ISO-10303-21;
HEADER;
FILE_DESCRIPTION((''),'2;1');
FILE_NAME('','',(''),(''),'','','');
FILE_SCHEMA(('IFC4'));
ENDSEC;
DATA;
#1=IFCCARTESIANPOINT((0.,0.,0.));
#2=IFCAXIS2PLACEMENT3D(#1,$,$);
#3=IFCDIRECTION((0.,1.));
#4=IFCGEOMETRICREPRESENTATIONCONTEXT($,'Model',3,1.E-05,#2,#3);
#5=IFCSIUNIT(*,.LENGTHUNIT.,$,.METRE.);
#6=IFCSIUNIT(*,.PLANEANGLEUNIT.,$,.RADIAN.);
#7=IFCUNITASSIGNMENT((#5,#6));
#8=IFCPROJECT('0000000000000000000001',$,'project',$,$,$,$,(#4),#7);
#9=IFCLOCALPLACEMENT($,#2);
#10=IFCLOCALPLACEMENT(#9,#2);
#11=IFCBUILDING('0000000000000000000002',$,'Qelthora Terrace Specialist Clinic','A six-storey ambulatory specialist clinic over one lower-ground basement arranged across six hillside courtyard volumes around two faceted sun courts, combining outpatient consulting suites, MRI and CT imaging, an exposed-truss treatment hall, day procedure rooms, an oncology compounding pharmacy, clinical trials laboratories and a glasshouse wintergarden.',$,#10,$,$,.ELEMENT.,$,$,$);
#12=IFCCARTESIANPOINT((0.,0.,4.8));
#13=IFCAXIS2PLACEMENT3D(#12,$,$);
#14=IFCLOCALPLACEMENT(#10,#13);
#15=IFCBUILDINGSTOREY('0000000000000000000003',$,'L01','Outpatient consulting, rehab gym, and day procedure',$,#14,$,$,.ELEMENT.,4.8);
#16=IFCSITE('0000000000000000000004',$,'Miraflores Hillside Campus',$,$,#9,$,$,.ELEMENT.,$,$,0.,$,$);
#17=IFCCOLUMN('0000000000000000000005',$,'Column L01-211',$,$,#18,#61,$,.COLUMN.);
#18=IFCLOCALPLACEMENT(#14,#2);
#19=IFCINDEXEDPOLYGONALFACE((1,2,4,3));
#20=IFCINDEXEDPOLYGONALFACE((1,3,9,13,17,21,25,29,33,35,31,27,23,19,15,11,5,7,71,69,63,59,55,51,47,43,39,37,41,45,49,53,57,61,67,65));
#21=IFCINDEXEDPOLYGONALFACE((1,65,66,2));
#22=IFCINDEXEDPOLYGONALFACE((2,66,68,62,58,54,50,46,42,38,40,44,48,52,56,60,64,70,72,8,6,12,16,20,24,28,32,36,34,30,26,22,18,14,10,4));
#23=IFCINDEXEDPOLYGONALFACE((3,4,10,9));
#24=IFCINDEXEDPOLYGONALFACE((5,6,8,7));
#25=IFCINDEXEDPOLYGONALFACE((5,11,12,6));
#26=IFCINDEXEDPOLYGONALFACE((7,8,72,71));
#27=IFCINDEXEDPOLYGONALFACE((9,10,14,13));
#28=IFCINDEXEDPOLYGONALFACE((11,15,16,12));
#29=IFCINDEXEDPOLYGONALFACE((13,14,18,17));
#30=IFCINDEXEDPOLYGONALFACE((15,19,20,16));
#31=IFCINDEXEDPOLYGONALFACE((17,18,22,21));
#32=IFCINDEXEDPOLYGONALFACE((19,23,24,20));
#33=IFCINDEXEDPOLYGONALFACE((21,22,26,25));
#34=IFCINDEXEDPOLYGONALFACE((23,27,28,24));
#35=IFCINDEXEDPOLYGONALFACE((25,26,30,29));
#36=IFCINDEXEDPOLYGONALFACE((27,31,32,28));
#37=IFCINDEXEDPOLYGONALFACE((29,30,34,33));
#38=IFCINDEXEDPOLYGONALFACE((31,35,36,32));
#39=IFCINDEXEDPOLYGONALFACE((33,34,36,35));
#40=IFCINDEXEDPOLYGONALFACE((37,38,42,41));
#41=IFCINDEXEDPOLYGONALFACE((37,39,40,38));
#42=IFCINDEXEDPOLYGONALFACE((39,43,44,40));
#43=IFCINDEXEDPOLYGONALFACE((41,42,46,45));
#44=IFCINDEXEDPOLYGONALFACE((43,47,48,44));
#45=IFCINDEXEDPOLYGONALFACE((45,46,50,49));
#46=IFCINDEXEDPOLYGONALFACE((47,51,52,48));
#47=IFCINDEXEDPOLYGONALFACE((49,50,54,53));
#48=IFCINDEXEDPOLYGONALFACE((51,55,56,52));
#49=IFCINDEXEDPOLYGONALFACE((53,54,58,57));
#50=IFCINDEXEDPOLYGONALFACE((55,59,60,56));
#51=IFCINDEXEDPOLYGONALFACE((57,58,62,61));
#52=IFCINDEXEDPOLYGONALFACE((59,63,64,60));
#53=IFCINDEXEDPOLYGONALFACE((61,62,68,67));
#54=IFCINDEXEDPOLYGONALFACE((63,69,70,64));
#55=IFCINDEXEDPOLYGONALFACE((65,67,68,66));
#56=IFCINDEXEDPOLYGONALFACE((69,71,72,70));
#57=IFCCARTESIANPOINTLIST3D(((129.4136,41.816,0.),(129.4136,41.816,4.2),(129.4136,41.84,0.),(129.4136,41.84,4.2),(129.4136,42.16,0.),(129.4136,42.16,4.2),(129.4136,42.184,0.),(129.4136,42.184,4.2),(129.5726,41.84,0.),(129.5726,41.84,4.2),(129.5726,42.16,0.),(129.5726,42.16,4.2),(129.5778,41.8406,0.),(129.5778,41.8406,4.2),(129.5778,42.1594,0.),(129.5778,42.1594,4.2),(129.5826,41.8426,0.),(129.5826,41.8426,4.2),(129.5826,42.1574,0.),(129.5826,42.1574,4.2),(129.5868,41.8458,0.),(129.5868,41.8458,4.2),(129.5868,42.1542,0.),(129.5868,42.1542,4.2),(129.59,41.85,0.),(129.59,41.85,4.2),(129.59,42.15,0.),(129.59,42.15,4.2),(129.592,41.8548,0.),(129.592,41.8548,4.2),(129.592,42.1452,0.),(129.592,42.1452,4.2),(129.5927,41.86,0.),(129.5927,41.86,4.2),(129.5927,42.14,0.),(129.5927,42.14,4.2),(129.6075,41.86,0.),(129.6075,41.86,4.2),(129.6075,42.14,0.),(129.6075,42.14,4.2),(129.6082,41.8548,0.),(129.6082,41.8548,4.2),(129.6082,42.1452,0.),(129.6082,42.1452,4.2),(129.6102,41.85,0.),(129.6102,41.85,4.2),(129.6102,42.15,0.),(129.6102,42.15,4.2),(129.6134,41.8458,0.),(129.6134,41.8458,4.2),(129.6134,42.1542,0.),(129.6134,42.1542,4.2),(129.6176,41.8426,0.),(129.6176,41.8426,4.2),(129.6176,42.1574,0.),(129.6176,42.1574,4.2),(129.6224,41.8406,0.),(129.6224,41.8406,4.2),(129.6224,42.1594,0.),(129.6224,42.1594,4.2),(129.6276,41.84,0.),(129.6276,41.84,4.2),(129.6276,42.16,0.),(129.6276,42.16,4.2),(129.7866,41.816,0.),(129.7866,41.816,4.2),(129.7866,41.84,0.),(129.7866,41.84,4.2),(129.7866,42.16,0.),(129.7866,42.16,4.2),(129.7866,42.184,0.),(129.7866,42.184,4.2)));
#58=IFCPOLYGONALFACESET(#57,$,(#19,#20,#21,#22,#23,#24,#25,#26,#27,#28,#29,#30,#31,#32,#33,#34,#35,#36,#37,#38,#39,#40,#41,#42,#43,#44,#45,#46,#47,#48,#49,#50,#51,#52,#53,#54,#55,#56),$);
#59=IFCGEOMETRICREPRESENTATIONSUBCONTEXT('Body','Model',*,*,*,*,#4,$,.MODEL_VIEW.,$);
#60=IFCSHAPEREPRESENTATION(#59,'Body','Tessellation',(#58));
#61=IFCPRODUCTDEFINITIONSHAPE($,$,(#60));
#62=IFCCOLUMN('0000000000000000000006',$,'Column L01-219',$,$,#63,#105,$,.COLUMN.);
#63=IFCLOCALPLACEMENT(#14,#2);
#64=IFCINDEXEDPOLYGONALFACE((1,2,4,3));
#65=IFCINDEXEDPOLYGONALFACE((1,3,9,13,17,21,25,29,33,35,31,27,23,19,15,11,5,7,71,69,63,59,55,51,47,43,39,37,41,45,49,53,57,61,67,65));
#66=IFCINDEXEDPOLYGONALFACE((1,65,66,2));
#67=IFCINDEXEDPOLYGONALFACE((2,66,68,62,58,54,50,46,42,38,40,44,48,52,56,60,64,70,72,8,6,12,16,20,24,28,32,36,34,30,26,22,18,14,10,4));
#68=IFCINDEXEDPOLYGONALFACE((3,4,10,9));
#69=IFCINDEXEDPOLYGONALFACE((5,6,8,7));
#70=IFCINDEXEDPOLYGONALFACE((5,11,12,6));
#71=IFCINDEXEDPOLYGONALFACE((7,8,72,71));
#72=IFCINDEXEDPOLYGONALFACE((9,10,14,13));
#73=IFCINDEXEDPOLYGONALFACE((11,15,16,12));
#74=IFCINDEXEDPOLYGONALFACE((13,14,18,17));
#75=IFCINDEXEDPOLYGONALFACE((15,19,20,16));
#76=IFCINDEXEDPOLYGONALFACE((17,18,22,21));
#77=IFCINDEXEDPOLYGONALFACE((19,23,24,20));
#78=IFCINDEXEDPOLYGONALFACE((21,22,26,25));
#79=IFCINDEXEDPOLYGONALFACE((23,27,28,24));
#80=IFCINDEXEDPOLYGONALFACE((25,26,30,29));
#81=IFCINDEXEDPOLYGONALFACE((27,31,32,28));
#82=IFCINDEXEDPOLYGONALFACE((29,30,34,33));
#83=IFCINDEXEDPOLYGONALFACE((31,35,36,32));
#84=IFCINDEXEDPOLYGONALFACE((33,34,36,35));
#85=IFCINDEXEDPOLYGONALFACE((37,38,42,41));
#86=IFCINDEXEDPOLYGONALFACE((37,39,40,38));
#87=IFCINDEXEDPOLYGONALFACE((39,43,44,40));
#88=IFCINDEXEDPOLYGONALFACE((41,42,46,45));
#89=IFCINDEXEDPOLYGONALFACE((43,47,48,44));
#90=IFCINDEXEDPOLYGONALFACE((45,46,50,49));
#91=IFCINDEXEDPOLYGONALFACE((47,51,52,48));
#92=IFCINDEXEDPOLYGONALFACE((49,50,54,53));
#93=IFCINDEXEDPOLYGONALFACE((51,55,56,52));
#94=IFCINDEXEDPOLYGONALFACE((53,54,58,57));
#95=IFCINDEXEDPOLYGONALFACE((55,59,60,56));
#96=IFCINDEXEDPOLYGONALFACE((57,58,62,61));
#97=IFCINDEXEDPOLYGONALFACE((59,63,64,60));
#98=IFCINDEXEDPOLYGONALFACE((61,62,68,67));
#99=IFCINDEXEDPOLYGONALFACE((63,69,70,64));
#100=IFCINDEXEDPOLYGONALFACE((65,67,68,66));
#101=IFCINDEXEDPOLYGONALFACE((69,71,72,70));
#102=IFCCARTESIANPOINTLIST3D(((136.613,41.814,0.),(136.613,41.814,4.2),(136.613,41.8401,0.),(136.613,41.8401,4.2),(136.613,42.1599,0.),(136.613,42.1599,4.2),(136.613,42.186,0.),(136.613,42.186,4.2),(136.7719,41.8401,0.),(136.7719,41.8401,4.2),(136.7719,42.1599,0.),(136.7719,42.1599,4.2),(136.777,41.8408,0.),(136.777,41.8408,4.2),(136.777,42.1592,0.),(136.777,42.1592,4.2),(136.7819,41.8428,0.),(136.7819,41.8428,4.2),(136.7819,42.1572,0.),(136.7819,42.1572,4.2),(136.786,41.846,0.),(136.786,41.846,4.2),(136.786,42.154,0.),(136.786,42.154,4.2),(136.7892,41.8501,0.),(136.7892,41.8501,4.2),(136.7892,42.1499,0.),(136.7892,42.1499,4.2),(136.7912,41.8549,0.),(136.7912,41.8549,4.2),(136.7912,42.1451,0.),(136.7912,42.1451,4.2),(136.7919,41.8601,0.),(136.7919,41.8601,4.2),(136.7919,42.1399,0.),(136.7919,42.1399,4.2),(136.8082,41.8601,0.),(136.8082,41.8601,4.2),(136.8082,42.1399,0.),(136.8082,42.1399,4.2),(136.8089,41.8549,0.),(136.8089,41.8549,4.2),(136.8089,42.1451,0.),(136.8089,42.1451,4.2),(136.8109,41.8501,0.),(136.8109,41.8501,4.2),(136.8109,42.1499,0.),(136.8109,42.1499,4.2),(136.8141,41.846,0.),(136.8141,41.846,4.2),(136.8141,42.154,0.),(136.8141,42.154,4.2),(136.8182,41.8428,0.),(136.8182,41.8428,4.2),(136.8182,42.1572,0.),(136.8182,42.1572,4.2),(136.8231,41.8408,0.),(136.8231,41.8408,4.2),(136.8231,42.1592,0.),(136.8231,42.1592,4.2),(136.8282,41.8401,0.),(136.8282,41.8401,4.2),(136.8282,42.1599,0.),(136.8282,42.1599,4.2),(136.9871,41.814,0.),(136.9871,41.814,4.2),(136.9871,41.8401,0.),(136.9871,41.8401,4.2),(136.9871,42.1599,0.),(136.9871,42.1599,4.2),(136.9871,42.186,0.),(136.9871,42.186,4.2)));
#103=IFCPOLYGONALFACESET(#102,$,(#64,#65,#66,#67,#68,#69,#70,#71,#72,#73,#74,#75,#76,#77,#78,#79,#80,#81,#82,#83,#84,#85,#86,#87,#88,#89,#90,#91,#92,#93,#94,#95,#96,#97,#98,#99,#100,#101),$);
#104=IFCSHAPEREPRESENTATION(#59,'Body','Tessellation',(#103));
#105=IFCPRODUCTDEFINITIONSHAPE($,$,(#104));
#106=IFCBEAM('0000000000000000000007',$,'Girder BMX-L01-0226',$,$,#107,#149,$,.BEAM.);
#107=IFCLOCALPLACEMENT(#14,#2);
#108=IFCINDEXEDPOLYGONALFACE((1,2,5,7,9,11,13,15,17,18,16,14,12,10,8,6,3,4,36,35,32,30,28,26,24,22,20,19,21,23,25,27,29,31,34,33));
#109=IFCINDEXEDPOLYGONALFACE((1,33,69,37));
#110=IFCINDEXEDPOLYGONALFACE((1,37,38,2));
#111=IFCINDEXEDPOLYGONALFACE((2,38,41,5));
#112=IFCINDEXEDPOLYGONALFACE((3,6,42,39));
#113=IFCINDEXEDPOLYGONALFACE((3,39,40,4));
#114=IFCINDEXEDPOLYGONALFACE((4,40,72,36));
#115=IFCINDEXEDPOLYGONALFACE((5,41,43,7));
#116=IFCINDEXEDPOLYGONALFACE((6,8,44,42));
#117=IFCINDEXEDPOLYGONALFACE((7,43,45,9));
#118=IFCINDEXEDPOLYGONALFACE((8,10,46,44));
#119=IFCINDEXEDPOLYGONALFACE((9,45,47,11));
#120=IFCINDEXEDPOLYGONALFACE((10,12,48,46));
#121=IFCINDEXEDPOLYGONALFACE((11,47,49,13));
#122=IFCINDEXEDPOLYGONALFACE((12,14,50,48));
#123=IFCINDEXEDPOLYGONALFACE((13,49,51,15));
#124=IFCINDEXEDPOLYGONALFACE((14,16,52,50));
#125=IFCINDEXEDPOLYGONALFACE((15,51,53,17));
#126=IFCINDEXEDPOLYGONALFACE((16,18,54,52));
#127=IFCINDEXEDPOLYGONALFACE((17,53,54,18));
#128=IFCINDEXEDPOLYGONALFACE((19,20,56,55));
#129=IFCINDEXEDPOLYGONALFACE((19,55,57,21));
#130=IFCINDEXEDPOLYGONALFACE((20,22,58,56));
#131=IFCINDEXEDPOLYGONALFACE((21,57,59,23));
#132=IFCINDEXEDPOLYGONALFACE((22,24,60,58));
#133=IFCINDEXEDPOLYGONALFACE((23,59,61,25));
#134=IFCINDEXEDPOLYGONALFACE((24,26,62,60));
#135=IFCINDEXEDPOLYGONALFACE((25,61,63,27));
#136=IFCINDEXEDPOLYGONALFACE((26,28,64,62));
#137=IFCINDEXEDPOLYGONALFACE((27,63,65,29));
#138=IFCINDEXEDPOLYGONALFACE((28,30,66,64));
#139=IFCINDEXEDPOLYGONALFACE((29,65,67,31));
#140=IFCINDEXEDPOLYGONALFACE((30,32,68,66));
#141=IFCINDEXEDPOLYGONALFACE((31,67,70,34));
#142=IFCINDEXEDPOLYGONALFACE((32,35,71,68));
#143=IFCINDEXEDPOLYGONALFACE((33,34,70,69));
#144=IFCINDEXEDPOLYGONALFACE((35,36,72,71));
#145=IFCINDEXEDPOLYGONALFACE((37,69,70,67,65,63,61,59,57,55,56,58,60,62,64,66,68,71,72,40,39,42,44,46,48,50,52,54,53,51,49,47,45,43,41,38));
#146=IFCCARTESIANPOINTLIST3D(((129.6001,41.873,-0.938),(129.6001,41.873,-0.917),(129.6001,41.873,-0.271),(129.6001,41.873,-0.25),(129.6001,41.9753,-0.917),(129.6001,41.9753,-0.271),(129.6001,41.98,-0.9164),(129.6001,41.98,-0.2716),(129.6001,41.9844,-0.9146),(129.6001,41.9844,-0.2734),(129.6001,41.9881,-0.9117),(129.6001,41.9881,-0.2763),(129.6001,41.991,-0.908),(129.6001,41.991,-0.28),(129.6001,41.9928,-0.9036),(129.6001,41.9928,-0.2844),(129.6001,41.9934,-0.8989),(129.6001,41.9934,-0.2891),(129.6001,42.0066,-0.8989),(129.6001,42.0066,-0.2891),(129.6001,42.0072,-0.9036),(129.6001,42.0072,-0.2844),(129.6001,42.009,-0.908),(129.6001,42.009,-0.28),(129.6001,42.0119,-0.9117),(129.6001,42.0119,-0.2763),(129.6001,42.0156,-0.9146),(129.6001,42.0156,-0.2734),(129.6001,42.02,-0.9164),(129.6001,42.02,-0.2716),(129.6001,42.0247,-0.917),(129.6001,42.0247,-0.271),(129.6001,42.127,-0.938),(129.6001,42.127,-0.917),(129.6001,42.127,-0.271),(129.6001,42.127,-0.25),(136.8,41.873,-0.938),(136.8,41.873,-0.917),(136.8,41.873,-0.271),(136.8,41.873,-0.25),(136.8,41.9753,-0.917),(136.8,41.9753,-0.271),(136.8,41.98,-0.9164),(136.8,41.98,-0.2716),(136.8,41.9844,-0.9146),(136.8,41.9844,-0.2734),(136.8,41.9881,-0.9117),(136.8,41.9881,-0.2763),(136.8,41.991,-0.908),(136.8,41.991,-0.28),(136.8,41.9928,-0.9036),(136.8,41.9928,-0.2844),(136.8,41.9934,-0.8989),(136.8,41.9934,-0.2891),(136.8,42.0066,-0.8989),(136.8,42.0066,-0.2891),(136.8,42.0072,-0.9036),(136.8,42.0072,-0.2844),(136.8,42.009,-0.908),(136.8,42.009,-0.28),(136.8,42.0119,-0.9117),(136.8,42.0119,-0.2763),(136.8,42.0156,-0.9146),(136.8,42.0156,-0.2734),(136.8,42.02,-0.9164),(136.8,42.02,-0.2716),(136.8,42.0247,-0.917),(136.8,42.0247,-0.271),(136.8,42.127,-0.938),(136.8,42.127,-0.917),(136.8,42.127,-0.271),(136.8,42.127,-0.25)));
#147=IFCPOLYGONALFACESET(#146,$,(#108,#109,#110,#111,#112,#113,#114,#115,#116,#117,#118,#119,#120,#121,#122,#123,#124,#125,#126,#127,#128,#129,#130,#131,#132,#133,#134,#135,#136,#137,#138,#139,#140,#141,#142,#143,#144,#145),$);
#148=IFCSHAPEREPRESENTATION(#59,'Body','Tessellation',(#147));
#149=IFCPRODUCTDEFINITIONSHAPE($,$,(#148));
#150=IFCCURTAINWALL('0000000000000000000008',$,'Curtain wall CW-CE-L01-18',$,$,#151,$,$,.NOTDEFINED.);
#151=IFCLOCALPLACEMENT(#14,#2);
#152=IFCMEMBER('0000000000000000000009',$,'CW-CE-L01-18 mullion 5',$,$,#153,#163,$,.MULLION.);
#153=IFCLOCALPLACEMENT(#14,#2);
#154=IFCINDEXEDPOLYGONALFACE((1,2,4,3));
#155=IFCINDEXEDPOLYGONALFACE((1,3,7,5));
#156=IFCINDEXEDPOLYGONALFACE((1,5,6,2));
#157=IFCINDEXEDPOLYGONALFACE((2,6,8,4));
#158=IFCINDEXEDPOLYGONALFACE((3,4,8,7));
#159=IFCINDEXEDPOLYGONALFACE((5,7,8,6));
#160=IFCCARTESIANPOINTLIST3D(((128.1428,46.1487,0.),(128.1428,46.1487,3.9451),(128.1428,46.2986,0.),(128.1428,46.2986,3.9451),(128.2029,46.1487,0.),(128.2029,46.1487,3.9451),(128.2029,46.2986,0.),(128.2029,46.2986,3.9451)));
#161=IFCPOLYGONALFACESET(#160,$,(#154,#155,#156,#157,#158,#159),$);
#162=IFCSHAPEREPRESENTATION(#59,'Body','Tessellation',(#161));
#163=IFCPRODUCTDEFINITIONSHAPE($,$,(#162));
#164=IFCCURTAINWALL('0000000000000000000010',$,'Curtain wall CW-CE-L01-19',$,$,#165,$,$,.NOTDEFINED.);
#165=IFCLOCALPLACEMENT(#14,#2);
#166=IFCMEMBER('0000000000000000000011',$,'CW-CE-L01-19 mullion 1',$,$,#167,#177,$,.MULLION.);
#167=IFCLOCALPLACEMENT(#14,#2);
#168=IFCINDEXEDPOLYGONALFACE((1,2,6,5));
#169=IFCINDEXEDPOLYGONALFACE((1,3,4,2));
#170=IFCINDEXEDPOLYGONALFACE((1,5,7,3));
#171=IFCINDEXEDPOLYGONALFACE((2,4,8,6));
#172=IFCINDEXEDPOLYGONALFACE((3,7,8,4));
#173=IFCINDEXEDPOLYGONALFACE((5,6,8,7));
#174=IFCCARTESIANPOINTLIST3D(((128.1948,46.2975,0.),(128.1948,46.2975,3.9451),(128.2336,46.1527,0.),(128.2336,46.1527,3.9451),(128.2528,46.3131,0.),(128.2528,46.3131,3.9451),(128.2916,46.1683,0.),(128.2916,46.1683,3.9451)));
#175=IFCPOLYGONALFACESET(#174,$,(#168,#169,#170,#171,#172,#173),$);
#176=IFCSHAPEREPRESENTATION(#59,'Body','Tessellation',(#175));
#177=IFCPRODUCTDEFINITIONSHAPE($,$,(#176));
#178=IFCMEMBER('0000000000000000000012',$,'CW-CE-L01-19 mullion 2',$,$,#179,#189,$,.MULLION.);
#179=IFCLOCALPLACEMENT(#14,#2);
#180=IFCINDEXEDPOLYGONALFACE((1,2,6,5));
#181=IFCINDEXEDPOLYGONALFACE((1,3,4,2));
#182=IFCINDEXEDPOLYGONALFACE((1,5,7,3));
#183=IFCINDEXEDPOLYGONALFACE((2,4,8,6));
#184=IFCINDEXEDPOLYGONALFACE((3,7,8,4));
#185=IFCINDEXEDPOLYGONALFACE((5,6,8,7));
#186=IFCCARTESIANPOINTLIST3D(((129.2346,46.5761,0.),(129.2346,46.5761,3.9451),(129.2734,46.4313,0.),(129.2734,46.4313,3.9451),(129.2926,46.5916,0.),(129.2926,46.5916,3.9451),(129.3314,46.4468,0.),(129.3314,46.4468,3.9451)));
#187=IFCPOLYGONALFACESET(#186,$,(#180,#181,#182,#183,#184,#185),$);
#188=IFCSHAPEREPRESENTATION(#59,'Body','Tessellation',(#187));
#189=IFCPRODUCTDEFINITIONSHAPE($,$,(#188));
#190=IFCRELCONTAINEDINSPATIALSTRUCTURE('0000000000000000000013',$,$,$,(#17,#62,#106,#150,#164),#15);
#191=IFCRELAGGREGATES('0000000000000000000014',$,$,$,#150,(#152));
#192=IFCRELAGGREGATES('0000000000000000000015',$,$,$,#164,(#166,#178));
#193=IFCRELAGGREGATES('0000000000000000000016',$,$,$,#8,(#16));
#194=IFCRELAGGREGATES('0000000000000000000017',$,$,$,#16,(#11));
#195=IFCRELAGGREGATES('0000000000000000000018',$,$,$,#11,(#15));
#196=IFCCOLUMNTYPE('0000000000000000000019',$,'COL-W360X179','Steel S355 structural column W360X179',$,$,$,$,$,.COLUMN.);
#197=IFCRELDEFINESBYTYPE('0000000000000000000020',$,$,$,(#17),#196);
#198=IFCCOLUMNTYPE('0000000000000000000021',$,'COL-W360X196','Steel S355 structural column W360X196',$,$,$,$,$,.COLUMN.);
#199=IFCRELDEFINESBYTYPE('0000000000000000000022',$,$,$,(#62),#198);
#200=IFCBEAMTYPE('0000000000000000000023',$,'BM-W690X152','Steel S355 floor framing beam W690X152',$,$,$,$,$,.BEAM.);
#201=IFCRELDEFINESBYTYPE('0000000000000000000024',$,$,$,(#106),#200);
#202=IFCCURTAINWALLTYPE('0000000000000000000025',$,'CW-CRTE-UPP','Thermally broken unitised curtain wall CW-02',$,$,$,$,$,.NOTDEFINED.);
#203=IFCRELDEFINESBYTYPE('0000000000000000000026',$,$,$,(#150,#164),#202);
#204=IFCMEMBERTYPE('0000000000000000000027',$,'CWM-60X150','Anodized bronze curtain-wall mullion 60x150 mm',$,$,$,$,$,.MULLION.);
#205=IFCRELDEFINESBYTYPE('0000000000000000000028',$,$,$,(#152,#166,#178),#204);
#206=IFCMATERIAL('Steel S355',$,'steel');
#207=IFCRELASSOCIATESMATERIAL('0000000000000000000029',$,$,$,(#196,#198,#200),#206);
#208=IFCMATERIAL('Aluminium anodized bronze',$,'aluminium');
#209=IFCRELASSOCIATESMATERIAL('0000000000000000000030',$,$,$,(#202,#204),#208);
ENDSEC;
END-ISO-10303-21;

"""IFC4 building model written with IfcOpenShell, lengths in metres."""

from ifc_helpers import new_model, si_unit, direction, frame, origin, origin_2d, place, context, subcontext, project, spatial, rectangle, i_section, extrude, material, material_profile, profile_set, type_object, element, aggregate, save


model = new_model("IFC4")

# Units and contexts
model_context = context("Model", 3, precision=1e-05, world=origin(), true_north=direction((0.0, 1.0)))
body_context = subcontext(model_context, "Body", "Model", "MODEL_VIEW")
ifc_project = project(units=[si_unit("LENGTHUNIT", "METRE"), si_unit("PLANEANGLEUNIT", "RADIAN")], contexts=[model_context])

# Site, building, storey
site_placement = place(None, origin())
site = spatial("IfcSite", under=ifc_project, at=site_placement, Name="Miraflores Hillside Campus", CompositionType="ELEMENT", RefElevation=0.0)
building_placement = place(site_placement, origin())
building = spatial("IfcBuilding", under=site, at=building_placement, Name="Qelthora Terrace Specialist Clinic", Description="A six-storey ambulatory specialist clinic over one lower-ground basement arranged across six hillside courtyard volumes around two faceted sun courts, combining outpatient consulting suites, MRI and CT imaging, an exposed-truss treatment hall, day procedure rooms, an oncology compounding pharmacy, clinical trials laboratories and a glasshouse wintergarden.", CompositionType="ELEMENT")
storey_placement = place(building_placement, frame((0.0, 0.0, 4.8)))
storey = spatial("IfcBuildingStorey", under=building, at=storey_placement, Name="L01", Description="Outpatient consulting, rehab gym, and day procedure", CompositionType="ELEMENT", Elevation=4.8)

# Columns
ifc_material_1 = material(Name="Steel S355", Category="steel")
ifc_material_profile_1 = material_profile(ifc_material_1, i_section(OverallWidth=0.373, OverallDepth=0.3679, WebThickness=0.0149, FlangeThickness=0.0239, FilletRadius=0.02, at=origin_2d()), Name="W360X179")
ifc_profile_set_1 = profile_set([ifc_material_profile_1], Name="Steel S355")
column_type_1 = type_object("IfcColumnType", Name="COL-W360X179", Description="Steel S355 structural column W360X179", PredefinedType="COLUMN", material=ifc_profile_set_1)
column_1_placement = place(storey_placement, frame((129.6001, 42.0, 0.0), z_axis=(0.0, 0.0, 1.0), x_axis=(1.0, 0.0, 0.0)))
element("IfcColumn", 1, at=column_1_placement, inside=storey, type_object=column_type_1, Name="Column L01-211", PredefinedType="COLUMN", context=body_context, shape_type="SweptSolid", body=[
    extrude(i_section(OverallWidth=0.373, OverallDepth=0.3679, WebThickness=0.0149, FlangeThickness=0.0239, FilletRadius=0.02, at=origin_2d()), origin(), (0.0, 0.0, 1.0), 4.2),
])
ifc_material_profile_2 = material_profile(ifc_material_1, i_section(OverallWidth=0.374, OverallDepth=0.3721, WebThickness=0.0164, FlangeThickness=0.0261, FilletRadius=0.02, at=origin_2d()), Name="W360X196")
ifc_profile_set_2 = profile_set([ifc_material_profile_2], Name="Steel S355")
column_type_2 = type_object("IfcColumnType", Name="COL-W360X196", Description="Steel S355 structural column W360X196", PredefinedType="COLUMN", material=ifc_profile_set_2)
column_2_placement = place(storey_placement, frame((136.8, 42.0, 0.0), z_axis=(0.0, 0.0, 1.0), x_axis=(1.0, 0.0, 0.0)))
element("IfcColumn", 2, at=column_2_placement, inside=storey, type_object=column_type_2, Name="Column L01-219", PredefinedType="COLUMN", context=body_context, shape_type="SweptSolid", body=[
    extrude(i_section(OverallWidth=0.374, OverallDepth=0.3721, WebThickness=0.0164, FlangeThickness=0.0261, FilletRadius=0.02, at=origin_2d()), origin(), (0.0, 0.0, 1.0), 4.2),
])

# Beam
ifc_material_profile_3 = material_profile(ifc_material_1, i_section(OverallWidth=0.2539, OverallDepth=0.688, WebThickness=0.0132, FlangeThickness=0.021, FilletRadius=0.0181, at=origin_2d()), Name="W690X152")
ifc_profile_set_3 = profile_set([ifc_material_profile_3], Name="Steel S355")
beam_type_1 = type_object("IfcBeamType", Name="BM-W690X152", Description="Steel S355 floor framing beam W690X152", PredefinedType="BEAM", material=ifc_profile_set_3)
beam_1_placement = place(storey_placement, frame((129.6001, 42.0, -0.594), z_axis=(1.0, 0.0, 0.0), x_axis=(0.0, 1.0, 0.0)))
element("IfcBeam", 3, at=beam_1_placement, inside=storey, type_object=beam_type_1, Name="Girder BMX-L01-0226", PredefinedType="BEAM", context=body_context, shape_type="SweptSolid", body=[
    extrude(i_section(OverallWidth=0.2539, OverallDepth=0.688, WebThickness=0.0132, FlangeThickness=0.021, FilletRadius=0.0181, at=origin_2d()), origin(), (0.0, 0.0, 1.0), 7.2),
])

# Curtain wall, member
ifc_material_2 = material(Name="Aluminium anodized bronze", Category="aluminium")
curtain_wall_type = type_object("IfcCurtainWallType", Name="CW-CRTE-UPP", Description="Thermally broken unitised curtain wall CW-02", PredefinedType="NOTDEFINED", material=ifc_material_2)
curtain_wall_1_placement = place(storey_placement, origin())
curtain_wall_1 = element("IfcCurtainWall", 4, at=curtain_wall_1_placement, inside=storey, type_object=curtain_wall_type, Name="Curtain wall CW-CE-L01-18", PredefinedType="NOTDEFINED")
ifc_material_profile_4 = material_profile(ifc_material_2, rectangle(XDim=0.0601, YDim=0.1499, at=origin_2d()), Name="CWM60X150")
ifc_profile_set_4 = profile_set([ifc_material_profile_4], Name="Aluminium anodized bronze")
member_type_1 = type_object("IfcMemberType", Name="CWM-60X150", Description="Anodized bronze curtain-wall mullion 60x150 mm", PredefinedType="MULLION", material=ifc_profile_set_4)
member_1_placement = place(storey_placement, frame((128.1729, 46.2236, 0.0), z_axis=(0.0, 0.0, 1.0), x_axis=(1.0, 0.0, 0.0)))
member_1 = element("IfcMember", 5, at=member_1_placement, type_object=member_type_1, Name="CW-CE-L01-18 mullion 5", PredefinedType="MULLION", context=body_context, shape_type="SweptSolid", body=[
    extrude(rectangle(XDim=0.0601, YDim=0.1499, at=origin_2d()), origin(), (0.0, 0.0, 1.0), 3.9451),
])

# Curtain wall, members
curtain_wall_2_placement = place(storey_placement, origin())
curtain_wall_2 = element("IfcCurtainWall", 6, at=curtain_wall_2_placement, inside=storey, type_object=curtain_wall_type, Name="Curtain wall CW-CE-L01-19", PredefinedType="NOTDEFINED")
member_2_placement = place(storey_placement, frame((128.2432, 46.2329, 0.0), z_axis=(0.0, 0.0, 1.0), x_axis=(0.965926, 0.25882, 0.0)))
member_2 = element("IfcMember", 7, at=member_2_placement, type_object=member_type_1, Name="CW-CE-L01-19 mullion 1", PredefinedType="MULLION", context=body_context, shape_type="SweptSolid", body=[
    extrude(rectangle(XDim=0.0601, YDim=0.1499, at=origin_2d()), origin(), (0.0, 0.0, 1.0), 3.9451),
])
member_3_placement = place(storey_placement, frame((129.283, 46.5115, 0.0), z_axis=(0.0, 0.0, 1.0), x_axis=(0.965926, 0.25882, 0.0)))
member_3 = element("IfcMember", 8, at=member_3_placement, type_object=member_type_1, Name="CW-CE-L01-19 mullion 2", PredefinedType="MULLION", context=body_context, shape_type="SweptSolid", body=[
    extrude(rectangle(XDim=0.0601, YDim=0.1499, at=origin_2d()), origin(), (0.0, 0.0, 1.0), 3.9451),
])

aggregate(curtain_wall_1, [member_1])
aggregate(curtain_wall_2, [member_2, member_3])

save(model, "model.ifc")
